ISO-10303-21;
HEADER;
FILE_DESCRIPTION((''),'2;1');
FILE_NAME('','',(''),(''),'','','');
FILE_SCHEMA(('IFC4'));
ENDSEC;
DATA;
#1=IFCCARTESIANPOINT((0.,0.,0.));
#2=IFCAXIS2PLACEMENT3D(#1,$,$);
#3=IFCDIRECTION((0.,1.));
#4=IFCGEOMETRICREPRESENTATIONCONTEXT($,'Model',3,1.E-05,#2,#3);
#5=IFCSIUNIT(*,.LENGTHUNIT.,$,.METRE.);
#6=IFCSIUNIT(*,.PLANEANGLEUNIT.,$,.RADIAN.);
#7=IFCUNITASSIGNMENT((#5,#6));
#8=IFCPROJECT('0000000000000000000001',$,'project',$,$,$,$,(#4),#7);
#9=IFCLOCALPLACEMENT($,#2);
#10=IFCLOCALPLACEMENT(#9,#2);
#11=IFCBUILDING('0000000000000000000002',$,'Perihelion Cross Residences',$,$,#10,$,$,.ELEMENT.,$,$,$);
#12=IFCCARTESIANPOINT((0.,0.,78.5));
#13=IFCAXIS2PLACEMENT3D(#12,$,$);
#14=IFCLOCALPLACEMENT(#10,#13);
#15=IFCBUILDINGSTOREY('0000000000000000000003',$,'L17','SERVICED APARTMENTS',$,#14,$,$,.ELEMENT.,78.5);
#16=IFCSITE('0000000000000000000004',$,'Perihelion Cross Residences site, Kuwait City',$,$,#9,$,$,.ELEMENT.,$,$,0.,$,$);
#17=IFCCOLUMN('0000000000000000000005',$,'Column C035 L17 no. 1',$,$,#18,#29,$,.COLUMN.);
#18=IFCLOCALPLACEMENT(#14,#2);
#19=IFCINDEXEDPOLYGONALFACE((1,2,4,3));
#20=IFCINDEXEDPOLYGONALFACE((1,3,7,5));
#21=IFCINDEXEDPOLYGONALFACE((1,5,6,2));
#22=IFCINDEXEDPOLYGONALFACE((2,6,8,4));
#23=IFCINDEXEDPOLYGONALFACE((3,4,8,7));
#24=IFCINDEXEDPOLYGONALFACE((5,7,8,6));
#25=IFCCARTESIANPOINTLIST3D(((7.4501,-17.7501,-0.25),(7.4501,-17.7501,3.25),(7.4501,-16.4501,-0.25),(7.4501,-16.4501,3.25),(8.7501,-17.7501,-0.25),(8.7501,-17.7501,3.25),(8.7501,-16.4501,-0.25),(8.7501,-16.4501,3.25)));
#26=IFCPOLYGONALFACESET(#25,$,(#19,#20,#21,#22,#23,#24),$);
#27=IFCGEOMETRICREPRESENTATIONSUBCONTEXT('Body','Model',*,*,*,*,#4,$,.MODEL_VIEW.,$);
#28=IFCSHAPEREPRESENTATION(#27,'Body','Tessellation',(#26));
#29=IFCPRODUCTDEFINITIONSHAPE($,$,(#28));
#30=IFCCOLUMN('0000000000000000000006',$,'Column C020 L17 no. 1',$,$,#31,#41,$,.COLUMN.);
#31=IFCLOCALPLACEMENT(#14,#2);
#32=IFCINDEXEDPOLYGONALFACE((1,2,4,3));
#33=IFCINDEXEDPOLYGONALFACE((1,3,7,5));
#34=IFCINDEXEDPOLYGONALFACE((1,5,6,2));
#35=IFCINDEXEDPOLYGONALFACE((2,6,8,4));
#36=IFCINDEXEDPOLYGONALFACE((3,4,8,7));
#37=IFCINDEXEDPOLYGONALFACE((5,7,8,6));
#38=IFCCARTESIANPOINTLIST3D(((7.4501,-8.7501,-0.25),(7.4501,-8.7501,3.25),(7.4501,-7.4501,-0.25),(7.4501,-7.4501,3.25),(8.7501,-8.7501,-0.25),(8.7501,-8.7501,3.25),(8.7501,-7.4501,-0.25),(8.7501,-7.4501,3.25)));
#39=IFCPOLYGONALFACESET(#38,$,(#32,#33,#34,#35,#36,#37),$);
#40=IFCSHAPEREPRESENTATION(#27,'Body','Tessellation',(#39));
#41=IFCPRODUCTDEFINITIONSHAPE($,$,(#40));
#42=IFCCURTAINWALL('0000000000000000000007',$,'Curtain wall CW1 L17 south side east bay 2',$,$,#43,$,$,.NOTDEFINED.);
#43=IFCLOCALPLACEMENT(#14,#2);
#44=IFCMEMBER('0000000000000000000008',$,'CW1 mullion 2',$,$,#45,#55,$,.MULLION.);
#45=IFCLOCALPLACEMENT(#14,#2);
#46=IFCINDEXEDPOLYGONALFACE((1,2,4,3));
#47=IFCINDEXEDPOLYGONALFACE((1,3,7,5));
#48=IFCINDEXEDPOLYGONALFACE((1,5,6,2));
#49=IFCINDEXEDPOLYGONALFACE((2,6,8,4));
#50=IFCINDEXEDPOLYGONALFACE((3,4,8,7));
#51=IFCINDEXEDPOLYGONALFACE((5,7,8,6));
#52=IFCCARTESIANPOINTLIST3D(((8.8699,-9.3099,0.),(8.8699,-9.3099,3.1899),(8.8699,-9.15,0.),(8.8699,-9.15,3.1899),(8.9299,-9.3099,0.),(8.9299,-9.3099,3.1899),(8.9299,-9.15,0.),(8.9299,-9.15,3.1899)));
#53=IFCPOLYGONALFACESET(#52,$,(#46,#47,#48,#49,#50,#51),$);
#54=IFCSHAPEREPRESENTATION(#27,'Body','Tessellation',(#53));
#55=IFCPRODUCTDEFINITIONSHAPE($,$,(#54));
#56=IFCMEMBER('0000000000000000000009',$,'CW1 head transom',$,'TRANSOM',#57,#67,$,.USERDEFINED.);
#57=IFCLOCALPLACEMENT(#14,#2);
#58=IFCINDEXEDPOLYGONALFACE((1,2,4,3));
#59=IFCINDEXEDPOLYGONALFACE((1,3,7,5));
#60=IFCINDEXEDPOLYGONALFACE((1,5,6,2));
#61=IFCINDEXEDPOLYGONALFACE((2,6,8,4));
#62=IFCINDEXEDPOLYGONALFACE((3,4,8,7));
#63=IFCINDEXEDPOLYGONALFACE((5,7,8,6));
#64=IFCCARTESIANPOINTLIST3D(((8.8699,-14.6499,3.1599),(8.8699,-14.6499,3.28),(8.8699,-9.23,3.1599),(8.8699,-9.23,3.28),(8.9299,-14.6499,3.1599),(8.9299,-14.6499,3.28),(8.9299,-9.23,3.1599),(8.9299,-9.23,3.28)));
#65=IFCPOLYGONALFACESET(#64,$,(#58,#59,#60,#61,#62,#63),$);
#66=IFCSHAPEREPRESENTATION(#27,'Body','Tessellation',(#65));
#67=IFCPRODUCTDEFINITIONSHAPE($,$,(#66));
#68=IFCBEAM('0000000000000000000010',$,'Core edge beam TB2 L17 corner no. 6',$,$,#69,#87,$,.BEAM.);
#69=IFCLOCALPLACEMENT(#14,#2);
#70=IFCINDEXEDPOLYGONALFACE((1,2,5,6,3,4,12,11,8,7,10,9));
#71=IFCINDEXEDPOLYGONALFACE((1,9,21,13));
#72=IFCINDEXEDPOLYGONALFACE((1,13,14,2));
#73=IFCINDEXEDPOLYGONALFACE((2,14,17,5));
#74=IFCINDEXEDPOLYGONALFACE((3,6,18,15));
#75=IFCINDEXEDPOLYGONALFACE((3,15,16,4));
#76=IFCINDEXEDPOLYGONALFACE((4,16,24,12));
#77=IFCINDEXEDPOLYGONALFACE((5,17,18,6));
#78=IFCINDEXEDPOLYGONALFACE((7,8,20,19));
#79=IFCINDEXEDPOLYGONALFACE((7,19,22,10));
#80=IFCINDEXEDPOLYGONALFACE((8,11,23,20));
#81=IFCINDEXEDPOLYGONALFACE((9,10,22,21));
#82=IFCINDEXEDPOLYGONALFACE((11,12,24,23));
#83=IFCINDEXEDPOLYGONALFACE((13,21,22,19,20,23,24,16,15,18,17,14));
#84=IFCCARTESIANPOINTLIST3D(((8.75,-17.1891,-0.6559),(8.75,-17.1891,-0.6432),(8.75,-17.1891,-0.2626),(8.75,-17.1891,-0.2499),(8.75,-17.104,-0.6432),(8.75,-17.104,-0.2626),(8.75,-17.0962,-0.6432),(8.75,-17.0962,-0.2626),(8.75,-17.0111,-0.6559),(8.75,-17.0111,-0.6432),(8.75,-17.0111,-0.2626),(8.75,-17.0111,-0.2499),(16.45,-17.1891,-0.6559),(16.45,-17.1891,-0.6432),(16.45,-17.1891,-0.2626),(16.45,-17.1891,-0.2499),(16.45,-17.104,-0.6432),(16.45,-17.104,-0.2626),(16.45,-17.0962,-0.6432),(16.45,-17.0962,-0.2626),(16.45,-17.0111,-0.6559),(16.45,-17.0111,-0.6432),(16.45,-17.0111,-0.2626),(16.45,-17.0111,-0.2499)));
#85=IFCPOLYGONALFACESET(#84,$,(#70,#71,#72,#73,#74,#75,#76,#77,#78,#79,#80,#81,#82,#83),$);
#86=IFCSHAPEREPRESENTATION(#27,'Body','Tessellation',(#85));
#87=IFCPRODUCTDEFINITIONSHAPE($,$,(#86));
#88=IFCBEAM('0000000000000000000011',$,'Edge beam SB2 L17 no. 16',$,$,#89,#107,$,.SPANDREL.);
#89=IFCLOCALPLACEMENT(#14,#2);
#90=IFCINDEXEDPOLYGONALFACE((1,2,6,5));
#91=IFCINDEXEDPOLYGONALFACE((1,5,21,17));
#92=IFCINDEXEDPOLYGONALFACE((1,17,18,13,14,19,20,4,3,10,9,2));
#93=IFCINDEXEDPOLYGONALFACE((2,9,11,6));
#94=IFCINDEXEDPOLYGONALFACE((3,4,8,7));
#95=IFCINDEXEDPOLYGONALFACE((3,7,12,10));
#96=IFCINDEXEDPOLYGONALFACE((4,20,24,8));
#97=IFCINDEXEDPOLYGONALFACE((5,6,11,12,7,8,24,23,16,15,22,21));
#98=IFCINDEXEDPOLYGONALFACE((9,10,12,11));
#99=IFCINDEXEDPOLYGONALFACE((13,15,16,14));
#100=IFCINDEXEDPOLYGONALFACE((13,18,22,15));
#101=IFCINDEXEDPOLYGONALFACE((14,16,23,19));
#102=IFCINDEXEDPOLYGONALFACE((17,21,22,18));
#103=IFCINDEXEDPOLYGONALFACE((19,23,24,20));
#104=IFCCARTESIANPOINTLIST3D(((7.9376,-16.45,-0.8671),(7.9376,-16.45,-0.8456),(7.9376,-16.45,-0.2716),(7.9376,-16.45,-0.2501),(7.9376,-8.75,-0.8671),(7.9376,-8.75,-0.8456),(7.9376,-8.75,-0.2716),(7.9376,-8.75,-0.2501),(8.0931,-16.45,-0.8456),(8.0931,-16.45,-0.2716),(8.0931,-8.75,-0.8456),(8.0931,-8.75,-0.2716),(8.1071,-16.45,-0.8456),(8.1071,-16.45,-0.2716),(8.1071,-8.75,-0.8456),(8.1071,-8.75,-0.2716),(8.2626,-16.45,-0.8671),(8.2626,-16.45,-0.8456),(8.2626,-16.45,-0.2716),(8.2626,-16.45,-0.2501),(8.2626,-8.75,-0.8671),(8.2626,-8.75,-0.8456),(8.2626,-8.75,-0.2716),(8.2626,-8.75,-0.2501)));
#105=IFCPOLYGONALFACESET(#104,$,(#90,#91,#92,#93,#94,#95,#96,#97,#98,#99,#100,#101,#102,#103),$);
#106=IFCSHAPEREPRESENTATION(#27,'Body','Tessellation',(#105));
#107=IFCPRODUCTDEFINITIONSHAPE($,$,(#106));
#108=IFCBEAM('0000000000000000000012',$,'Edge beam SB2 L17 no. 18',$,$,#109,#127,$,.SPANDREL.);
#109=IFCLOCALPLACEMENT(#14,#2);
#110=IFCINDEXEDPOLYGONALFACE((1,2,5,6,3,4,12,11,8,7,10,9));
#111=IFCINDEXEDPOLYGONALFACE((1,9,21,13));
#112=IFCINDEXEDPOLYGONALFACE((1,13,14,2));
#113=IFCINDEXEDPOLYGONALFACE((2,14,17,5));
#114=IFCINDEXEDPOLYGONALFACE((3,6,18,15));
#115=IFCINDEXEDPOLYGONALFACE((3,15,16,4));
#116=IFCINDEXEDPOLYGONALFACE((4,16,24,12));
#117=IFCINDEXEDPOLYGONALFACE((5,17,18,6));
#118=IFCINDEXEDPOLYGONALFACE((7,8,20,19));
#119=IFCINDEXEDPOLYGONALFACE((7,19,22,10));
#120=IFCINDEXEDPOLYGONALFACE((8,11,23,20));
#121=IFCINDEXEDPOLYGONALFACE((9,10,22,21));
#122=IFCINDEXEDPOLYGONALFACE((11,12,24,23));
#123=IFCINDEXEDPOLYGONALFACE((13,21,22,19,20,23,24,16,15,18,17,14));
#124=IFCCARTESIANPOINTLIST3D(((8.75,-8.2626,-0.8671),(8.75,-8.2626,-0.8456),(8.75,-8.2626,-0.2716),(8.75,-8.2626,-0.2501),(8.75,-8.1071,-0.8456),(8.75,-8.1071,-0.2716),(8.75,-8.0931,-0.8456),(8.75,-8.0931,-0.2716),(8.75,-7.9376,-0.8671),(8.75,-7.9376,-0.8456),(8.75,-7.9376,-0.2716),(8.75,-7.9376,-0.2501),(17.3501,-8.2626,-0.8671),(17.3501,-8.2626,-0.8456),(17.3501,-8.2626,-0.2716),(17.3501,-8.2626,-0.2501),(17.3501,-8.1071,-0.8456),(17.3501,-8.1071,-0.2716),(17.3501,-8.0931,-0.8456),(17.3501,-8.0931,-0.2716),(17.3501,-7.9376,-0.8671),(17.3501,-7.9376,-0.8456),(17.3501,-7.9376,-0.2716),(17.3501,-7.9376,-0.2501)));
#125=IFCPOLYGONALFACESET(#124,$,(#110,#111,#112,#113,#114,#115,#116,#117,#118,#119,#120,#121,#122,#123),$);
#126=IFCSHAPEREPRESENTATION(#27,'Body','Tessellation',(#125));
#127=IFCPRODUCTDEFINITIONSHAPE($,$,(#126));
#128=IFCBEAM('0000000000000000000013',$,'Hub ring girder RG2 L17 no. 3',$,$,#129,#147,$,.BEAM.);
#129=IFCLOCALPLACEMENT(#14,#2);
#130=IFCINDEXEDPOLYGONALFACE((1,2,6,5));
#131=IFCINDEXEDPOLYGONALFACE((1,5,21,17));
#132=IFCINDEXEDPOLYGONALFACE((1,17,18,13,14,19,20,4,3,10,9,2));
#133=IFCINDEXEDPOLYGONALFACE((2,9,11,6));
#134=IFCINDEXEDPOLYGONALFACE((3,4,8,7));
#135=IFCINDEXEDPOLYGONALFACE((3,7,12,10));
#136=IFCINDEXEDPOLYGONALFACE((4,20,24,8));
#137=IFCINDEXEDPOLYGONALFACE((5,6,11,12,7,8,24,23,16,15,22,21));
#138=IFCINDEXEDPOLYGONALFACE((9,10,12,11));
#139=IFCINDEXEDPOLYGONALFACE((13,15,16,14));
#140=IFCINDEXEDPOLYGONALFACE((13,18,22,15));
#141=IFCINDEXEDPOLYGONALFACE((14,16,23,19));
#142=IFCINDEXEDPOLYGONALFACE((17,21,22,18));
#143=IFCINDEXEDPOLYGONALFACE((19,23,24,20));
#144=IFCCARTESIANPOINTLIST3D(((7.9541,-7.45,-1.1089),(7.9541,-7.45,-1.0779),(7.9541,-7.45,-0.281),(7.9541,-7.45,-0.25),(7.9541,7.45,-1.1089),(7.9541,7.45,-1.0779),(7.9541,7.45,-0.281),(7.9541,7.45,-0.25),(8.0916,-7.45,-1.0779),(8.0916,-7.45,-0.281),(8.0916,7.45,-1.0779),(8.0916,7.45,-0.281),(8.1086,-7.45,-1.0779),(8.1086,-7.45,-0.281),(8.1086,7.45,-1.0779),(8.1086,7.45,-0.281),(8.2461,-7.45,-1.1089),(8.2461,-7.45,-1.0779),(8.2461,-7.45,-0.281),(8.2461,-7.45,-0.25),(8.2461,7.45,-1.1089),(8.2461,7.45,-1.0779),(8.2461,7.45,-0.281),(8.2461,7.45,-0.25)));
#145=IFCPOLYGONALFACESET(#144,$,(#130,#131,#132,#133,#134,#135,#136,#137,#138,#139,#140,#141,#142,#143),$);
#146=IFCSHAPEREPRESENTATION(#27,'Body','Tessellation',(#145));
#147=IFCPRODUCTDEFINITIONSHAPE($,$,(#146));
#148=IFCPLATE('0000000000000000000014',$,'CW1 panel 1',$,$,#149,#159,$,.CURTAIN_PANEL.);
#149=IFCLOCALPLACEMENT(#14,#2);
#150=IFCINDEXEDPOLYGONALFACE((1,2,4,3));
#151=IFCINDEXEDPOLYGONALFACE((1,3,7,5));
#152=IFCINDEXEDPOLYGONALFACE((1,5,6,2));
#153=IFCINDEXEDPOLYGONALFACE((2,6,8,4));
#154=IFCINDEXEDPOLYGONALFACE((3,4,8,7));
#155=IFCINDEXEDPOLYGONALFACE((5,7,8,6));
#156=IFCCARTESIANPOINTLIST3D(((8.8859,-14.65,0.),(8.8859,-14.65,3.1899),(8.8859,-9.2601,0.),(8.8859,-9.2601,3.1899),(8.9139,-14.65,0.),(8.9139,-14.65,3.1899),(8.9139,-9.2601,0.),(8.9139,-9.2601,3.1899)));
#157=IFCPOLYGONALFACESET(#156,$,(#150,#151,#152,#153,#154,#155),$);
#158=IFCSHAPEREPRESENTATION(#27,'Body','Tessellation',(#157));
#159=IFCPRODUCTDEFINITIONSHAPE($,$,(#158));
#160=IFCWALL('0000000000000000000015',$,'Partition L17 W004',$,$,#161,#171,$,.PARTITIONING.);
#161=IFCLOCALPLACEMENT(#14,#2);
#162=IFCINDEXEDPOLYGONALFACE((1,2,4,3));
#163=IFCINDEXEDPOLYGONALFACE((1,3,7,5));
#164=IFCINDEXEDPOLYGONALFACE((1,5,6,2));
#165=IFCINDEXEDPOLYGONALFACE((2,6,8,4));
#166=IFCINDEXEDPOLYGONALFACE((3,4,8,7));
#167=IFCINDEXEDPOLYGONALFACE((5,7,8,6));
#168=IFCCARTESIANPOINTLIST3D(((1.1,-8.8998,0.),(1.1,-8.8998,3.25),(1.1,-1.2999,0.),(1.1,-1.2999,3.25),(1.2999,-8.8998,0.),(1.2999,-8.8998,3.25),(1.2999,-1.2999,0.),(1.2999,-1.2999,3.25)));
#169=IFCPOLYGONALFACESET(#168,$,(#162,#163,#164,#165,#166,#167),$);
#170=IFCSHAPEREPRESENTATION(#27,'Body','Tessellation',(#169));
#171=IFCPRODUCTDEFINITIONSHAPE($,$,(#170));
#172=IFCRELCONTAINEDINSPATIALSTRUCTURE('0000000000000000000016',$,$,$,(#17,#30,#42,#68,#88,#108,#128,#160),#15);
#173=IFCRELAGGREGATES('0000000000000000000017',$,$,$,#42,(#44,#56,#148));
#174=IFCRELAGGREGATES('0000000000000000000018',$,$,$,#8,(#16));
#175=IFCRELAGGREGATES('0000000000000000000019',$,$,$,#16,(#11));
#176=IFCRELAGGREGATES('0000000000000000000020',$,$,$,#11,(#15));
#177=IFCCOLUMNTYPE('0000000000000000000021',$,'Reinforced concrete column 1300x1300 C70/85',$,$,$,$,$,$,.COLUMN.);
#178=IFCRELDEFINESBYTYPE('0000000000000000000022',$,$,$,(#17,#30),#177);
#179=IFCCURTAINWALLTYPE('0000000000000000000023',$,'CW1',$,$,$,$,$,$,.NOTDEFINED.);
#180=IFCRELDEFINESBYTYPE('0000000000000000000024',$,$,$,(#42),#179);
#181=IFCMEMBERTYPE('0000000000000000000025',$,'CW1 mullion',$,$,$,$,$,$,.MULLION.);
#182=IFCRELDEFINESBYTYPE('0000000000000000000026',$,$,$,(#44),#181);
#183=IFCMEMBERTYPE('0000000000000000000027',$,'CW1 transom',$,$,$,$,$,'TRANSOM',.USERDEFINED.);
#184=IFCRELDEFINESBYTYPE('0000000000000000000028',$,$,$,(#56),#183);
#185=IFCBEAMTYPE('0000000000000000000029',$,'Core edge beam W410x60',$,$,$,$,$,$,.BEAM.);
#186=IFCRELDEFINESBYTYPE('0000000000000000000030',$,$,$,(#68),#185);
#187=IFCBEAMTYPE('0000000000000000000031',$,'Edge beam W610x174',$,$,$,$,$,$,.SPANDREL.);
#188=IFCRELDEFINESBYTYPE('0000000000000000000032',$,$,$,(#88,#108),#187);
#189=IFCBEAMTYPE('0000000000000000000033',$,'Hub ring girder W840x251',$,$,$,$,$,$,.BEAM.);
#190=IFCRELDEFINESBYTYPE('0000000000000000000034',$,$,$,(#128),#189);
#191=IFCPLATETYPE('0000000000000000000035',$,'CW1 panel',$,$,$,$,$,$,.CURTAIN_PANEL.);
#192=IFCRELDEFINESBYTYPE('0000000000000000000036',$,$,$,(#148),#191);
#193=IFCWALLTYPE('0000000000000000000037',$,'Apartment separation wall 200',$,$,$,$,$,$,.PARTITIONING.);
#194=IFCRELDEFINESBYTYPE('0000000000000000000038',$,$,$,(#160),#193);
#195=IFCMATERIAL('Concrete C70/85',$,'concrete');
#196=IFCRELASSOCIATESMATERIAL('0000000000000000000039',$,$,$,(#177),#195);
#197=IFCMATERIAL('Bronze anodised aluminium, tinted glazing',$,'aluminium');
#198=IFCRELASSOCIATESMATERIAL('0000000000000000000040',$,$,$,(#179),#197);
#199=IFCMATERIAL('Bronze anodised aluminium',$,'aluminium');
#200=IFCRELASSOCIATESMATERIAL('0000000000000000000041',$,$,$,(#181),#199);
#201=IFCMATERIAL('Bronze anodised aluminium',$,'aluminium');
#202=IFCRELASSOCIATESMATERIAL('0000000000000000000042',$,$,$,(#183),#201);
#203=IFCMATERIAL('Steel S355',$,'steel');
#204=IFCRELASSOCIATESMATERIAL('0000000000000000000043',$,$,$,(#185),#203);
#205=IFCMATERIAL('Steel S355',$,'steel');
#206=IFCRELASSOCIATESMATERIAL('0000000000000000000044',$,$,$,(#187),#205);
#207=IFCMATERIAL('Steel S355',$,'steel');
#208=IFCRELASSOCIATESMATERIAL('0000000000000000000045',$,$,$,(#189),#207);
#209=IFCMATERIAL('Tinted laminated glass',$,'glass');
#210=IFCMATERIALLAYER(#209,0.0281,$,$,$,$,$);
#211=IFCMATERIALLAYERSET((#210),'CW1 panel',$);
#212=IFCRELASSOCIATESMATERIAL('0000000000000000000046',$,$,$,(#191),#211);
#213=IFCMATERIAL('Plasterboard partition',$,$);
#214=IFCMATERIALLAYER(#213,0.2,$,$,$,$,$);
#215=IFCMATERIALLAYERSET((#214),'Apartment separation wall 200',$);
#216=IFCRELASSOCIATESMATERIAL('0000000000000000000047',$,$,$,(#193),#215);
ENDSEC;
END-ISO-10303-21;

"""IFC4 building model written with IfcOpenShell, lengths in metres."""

from ifc_helpers import new_model, si_unit, direction, frame, frame_2d, origin, origin_2d, place, context, subcontext, project, spatial, rectangle, i_section, extrude, material, layer, layer_set, material_profile, profile_set, type_object, element, aggregate, save


model = new_model("IFC4")

# Units and contexts
model_context = context("Model", 3, precision=1e-05, world=origin(), true_north=direction((0.0, 1.0)))
body_context = subcontext(model_context, "Body", "Model", "MODEL_VIEW")
ifc_project = project(units=[si_unit("LENGTHUNIT", "METRE"), si_unit("PLANEANGLEUNIT", "RADIAN")], contexts=[model_context])

# Site, building, storey
site_placement = place(None, origin())
site = spatial("IfcSite", under=ifc_project, at=site_placement, Name="Perihelion Cross Residences site, Kuwait City", CompositionType="ELEMENT", RefElevation=0.0)
building_placement = place(site_placement, origin())
building = spatial("IfcBuilding", under=site, at=building_placement, Name="Perihelion Cross Residences", CompositionType="ELEMENT")
storey_placement = place(building_placement, frame((0.0, 0.0, 78.5)))
storey = spatial("IfcBuildingStorey", under=building, at=storey_placement, Name="L17", Description="SERVICED APARTMENTS", CompositionType="ELEMENT", Elevation=78.5)

# Columns
ifc_material_1 = material(Name="Concrete C70/85", Category="concrete")
ifc_material_profile_1 = material_profile(ifc_material_1, rectangle(XDim=1.3, YDim=1.3, at=origin_2d()), Name="RC 1300x1300")
ifc_profile_set_1 = profile_set([ifc_material_profile_1], Name="Concrete C70/85")
column_type = type_object("IfcColumnType", Name="Reinforced concrete column 1300x1300 C70/85", PredefinedType="COLUMN", material=ifc_profile_set_1)
for number, where, z_axis, x_axis, name in (
    (1, (8.1001, -17.1001, -0.25), (0.0, 0.0, 1.0), (1.0, 0.0, 0.0), "Column C035 L17 no. 1"),
    (2, (8.1001, -8.1001, -0.25), (0.0, 0.0, 1.0), (1.0, 0.0, 0.0), "Column C020 L17 no. 1"),
):
    element("IfcColumn", number, at=place(storey_placement, frame(where, z_axis=z_axis, x_axis=x_axis)), inside=storey, type_object=column_type, Name=name, PredefinedType="COLUMN", context=body_context, shape_type="SweptSolid", body=[
        extrude(rectangle(XDim=1.3, YDim=1.3, at=origin_2d()), origin(), (0.0, 0.0, 1.0), 3.5),
    ])

# Curtain wall, members
ifc_material_2 = material(Name="Bronze anodised aluminium, tinted glazing", Category="aluminium")
curtain_wall_type = type_object("IfcCurtainWallType", Name="CW1", PredefinedType="NOTDEFINED", material=ifc_material_2)
curtain_wall_placement = place(storey_placement, origin())
curtain_wall = element("IfcCurtainWall", 3, at=curtain_wall_placement, inside=storey, type_object=curtain_wall_type, Name="Curtain wall CW1 L17 south side east bay 2", PredefinedType="NOTDEFINED")
ifc_material_3 = material(Name="Bronze anodised aluminium", Category="aluminium")
ifc_material_profile_2 = material_profile(ifc_material_3, rectangle(XDim=0.0601, YDim=0.1599, at=origin_2d()), Name="CW1 mullion")
ifc_profile_set_2 = profile_set([ifc_material_profile_2], Name="Bronze anodised aluminium")
member_type_1 = type_object("IfcMemberType", Name="CW1 mullion", PredefinedType="MULLION", material=ifc_profile_set_2)
member_1_placement = place(storey_placement, frame((8.8999, -9.23, 0.0), z_axis=(0.0, 0.0, 1.0), x_axis=(-1.0, 0.0, 0.0)))
member_1 = element("IfcMember", 4, at=member_1_placement, type_object=member_type_1, Name="CW1 mullion 2", PredefinedType="MULLION", context=body_context, shape_type="SweptSolid", body=[
    extrude(rectangle(XDim=0.0601, YDim=0.1599, at=origin_2d()), origin(), (0.0, 0.0, 1.0), 3.1899),
])
ifc_material_4 = material(Name="Bronze anodised aluminium", Category="aluminium")
ifc_material_profile_3 = material_profile(ifc_material_4, rectangle(XDim=0.0601, YDim=0.1201, at=origin_2d()), Name="CW1 transom")
ifc_profile_set_3 = profile_set([ifc_material_profile_3], Name="Bronze anodised aluminium")
member_type_2 = type_object("IfcMemberType", Name="CW1 transom", ElementType="TRANSOM", PredefinedType="USERDEFINED", material=ifc_profile_set_3)
member_2_placement = place(storey_placement, frame((8.8999, -14.6499, 3.22), z_axis=(0.0, 1.0, 0.0), x_axis=(-1.0, 0.0, 0.0)))
member_2 = element("IfcMember", 5, at=member_2_placement, type_object=member_type_2, Name="CW1 head transom", ObjectType="TRANSOM", PredefinedType="USERDEFINED", context=body_context, shape_type="SweptSolid", body=[
    extrude(rectangle(XDim=0.0601, YDim=0.1201, at=origin_2d()), origin(), (0.0, 0.0, 1.0), 5.4199),
])

# Beams
ifc_material_5 = material(Name="Steel S355", Category="steel")
ifc_material_profile_4 = material_profile(ifc_material_5, i_section(OverallWidth=0.178, OverallDepth=0.406, WebThickness=0.0078, FlangeThickness=0.0127, at=origin_2d()), Name="W410x60")
ifc_profile_set_4 = profile_set([ifc_material_profile_4], Name="Steel S355")
beam_type_1 = type_object("IfcBeamType", Name="Core edge beam W410x60", PredefinedType="BEAM", material=ifc_profile_set_4)
beam_1_placement = place(storey_placement, frame((8.75, -17.1001, -0.4529), z_axis=(1.0, 0.0, 0.0), x_axis=(0.0, 1.0, 0.0)))
element("IfcBeam", 6, at=beam_1_placement, inside=storey, type_object=beam_type_1, Name="Core edge beam TB2 L17 corner no. 6", PredefinedType="BEAM", context=body_context, shape_type="SweptSolid", body=[
    extrude(i_section(OverallWidth=0.178, OverallDepth=0.406, WebThickness=0.0078, FlangeThickness=0.0127, at=origin_2d()), origin(), (0.0, 0.0, 1.0), 7.7),
])
ifc_material_6 = material(Name="Steel S355", Category="steel")
ifc_material_profile_5 = material_profile(ifc_material_6, i_section(OverallWidth=0.325, OverallDepth=0.6169, WebThickness=0.0139, FlangeThickness=0.0215, at=origin_2d()), Name="W610x174")
ifc_profile_set_5 = profile_set([ifc_material_profile_5], Name="Steel S355")
beam_type_2 = type_object("IfcBeamType", Name="Edge beam W610x174", PredefinedType="SPANDREL", material=ifc_profile_set_5)
beam_2_placement = place(storey_placement, frame((8.1001, -16.45, -0.5586), z_axis=(0.0, 1.0, 0.0), x_axis=(-1.0, 0.0, 0.0)))
element("IfcBeam", 7, at=beam_2_placement, inside=storey, type_object=beam_type_2, Name="Edge beam SB2 L17 no. 16", PredefinedType="SPANDREL", context=body_context, shape_type="SweptSolid", body=[
    extrude(i_section(OverallWidth=0.325, OverallDepth=0.6169, WebThickness=0.0139, FlangeThickness=0.0215, at=origin_2d()), origin(), (0.0, 0.0, 1.0), 7.7),
])
beam_3_placement = place(storey_placement, frame((8.75, -8.1001, -0.5586), z_axis=(1.0, 0.0, 0.0), x_axis=(0.0, 1.0, 0.0)))
element("IfcBeam", 8, at=beam_3_placement, inside=storey, type_object=beam_type_2, Name="Edge beam SB2 L17 no. 18", PredefinedType="SPANDREL", context=body_context, shape_type="SweptSolid", body=[
    extrude(i_section(OverallWidth=0.325, OverallDepth=0.6169, WebThickness=0.0139, FlangeThickness=0.0215, at=origin_2d()), origin(), (0.0, 0.0, 1.0), 8.6001),
])
ifc_material_7 = material(Name="Steel S355", Category="steel")
ifc_material_profile_6 = material_profile(ifc_material_7, i_section(OverallWidth=0.292, OverallDepth=0.8589, WebThickness=0.0171, FlangeThickness=0.031, at=origin_2d()), Name="W840x251")
ifc_profile_set_6 = profile_set([ifc_material_profile_6], Name="Steel S355")
beam_type_3 = type_object("IfcBeamType", Name="Hub ring girder W840x251", PredefinedType="BEAM", material=ifc_profile_set_6)
beam_4_placement = place(storey_placement, frame((8.1001, -7.45, -0.6794), z_axis=(0.0, 1.0, 0.0), x_axis=(-1.0, 0.0, 0.0)))
element("IfcBeam", 9, at=beam_4_placement, inside=storey, type_object=beam_type_3, Name="Hub ring girder RG2 L17 no. 3", PredefinedType="BEAM", context=body_context, shape_type="SweptSolid", body=[
    extrude(i_section(OverallWidth=0.292, OverallDepth=0.8589, WebThickness=0.0171, FlangeThickness=0.031, at=origin_2d()), origin(), (0.0, 0.0, 1.0), 14.8999),
])

# Plate
ifc_material_8 = material(Name="Tinted laminated glass", Category="glass")
ifc_layer_1 = layer(ifc_material_8, 0.0281)
ifc_layer_set_1 = layer_set([ifc_layer_1], Name="CW1 panel")
plate_type = type_object("IfcPlateType", Name="CW1 panel", PredefinedType="CURTAIN_PANEL", material=ifc_layer_set_1)
plate_placement = place(storey_placement, frame((8.8999, -11.9551, 0.0), z_axis=(0.0, 0.0, 1.0), x_axis=(0.0, 1.0, 0.0)))
plate = element("IfcPlate", 10, at=plate_placement, type_object=plate_type, Name="CW1 panel 1", PredefinedType="CURTAIN_PANEL", context=body_context, shape_type="SweptSolid", body=[
    extrude(rectangle(XDim=5.3899, YDim=0.0281, at=origin_2d()), origin(), (0.0, 0.0, 1.0), 3.1899),
])
aggregate(curtain_wall, [member_1, member_2, plate])

# Wall
ifc_material_9 = material(Name="Plasterboard partition")
ifc_layer_2 = layer(ifc_material_9, 0.2)
ifc_layer_set_2 = layer_set([ifc_layer_2], Name="Apartment separation wall 200")
wall_type_1 = type_object("IfcWallType", Name="Apartment separation wall 200", PredefinedType="PARTITIONING", material=ifc_layer_set_2)
wall_1_placement = place(storey_placement, frame((1.2, -1.3, 0.0), z_axis=(0.0, 0.0, 1.0), x_axis=(0.0, -1.0, 0.0)))
element("IfcWall", 11, at=wall_1_placement, inside=storey, type_object=wall_type_1, Name="Partition L17 W004", PredefinedType="PARTITIONING", context=body_context, shape_type="SweptSolid", body=[
    extrude(rectangle(XDim=7.5999, YDim=0.2, at=frame_2d((3.7998, 0.0))), origin(), (0.0, 0.0, 1.0), 3.25),
])

save(model, "model.ifc")
